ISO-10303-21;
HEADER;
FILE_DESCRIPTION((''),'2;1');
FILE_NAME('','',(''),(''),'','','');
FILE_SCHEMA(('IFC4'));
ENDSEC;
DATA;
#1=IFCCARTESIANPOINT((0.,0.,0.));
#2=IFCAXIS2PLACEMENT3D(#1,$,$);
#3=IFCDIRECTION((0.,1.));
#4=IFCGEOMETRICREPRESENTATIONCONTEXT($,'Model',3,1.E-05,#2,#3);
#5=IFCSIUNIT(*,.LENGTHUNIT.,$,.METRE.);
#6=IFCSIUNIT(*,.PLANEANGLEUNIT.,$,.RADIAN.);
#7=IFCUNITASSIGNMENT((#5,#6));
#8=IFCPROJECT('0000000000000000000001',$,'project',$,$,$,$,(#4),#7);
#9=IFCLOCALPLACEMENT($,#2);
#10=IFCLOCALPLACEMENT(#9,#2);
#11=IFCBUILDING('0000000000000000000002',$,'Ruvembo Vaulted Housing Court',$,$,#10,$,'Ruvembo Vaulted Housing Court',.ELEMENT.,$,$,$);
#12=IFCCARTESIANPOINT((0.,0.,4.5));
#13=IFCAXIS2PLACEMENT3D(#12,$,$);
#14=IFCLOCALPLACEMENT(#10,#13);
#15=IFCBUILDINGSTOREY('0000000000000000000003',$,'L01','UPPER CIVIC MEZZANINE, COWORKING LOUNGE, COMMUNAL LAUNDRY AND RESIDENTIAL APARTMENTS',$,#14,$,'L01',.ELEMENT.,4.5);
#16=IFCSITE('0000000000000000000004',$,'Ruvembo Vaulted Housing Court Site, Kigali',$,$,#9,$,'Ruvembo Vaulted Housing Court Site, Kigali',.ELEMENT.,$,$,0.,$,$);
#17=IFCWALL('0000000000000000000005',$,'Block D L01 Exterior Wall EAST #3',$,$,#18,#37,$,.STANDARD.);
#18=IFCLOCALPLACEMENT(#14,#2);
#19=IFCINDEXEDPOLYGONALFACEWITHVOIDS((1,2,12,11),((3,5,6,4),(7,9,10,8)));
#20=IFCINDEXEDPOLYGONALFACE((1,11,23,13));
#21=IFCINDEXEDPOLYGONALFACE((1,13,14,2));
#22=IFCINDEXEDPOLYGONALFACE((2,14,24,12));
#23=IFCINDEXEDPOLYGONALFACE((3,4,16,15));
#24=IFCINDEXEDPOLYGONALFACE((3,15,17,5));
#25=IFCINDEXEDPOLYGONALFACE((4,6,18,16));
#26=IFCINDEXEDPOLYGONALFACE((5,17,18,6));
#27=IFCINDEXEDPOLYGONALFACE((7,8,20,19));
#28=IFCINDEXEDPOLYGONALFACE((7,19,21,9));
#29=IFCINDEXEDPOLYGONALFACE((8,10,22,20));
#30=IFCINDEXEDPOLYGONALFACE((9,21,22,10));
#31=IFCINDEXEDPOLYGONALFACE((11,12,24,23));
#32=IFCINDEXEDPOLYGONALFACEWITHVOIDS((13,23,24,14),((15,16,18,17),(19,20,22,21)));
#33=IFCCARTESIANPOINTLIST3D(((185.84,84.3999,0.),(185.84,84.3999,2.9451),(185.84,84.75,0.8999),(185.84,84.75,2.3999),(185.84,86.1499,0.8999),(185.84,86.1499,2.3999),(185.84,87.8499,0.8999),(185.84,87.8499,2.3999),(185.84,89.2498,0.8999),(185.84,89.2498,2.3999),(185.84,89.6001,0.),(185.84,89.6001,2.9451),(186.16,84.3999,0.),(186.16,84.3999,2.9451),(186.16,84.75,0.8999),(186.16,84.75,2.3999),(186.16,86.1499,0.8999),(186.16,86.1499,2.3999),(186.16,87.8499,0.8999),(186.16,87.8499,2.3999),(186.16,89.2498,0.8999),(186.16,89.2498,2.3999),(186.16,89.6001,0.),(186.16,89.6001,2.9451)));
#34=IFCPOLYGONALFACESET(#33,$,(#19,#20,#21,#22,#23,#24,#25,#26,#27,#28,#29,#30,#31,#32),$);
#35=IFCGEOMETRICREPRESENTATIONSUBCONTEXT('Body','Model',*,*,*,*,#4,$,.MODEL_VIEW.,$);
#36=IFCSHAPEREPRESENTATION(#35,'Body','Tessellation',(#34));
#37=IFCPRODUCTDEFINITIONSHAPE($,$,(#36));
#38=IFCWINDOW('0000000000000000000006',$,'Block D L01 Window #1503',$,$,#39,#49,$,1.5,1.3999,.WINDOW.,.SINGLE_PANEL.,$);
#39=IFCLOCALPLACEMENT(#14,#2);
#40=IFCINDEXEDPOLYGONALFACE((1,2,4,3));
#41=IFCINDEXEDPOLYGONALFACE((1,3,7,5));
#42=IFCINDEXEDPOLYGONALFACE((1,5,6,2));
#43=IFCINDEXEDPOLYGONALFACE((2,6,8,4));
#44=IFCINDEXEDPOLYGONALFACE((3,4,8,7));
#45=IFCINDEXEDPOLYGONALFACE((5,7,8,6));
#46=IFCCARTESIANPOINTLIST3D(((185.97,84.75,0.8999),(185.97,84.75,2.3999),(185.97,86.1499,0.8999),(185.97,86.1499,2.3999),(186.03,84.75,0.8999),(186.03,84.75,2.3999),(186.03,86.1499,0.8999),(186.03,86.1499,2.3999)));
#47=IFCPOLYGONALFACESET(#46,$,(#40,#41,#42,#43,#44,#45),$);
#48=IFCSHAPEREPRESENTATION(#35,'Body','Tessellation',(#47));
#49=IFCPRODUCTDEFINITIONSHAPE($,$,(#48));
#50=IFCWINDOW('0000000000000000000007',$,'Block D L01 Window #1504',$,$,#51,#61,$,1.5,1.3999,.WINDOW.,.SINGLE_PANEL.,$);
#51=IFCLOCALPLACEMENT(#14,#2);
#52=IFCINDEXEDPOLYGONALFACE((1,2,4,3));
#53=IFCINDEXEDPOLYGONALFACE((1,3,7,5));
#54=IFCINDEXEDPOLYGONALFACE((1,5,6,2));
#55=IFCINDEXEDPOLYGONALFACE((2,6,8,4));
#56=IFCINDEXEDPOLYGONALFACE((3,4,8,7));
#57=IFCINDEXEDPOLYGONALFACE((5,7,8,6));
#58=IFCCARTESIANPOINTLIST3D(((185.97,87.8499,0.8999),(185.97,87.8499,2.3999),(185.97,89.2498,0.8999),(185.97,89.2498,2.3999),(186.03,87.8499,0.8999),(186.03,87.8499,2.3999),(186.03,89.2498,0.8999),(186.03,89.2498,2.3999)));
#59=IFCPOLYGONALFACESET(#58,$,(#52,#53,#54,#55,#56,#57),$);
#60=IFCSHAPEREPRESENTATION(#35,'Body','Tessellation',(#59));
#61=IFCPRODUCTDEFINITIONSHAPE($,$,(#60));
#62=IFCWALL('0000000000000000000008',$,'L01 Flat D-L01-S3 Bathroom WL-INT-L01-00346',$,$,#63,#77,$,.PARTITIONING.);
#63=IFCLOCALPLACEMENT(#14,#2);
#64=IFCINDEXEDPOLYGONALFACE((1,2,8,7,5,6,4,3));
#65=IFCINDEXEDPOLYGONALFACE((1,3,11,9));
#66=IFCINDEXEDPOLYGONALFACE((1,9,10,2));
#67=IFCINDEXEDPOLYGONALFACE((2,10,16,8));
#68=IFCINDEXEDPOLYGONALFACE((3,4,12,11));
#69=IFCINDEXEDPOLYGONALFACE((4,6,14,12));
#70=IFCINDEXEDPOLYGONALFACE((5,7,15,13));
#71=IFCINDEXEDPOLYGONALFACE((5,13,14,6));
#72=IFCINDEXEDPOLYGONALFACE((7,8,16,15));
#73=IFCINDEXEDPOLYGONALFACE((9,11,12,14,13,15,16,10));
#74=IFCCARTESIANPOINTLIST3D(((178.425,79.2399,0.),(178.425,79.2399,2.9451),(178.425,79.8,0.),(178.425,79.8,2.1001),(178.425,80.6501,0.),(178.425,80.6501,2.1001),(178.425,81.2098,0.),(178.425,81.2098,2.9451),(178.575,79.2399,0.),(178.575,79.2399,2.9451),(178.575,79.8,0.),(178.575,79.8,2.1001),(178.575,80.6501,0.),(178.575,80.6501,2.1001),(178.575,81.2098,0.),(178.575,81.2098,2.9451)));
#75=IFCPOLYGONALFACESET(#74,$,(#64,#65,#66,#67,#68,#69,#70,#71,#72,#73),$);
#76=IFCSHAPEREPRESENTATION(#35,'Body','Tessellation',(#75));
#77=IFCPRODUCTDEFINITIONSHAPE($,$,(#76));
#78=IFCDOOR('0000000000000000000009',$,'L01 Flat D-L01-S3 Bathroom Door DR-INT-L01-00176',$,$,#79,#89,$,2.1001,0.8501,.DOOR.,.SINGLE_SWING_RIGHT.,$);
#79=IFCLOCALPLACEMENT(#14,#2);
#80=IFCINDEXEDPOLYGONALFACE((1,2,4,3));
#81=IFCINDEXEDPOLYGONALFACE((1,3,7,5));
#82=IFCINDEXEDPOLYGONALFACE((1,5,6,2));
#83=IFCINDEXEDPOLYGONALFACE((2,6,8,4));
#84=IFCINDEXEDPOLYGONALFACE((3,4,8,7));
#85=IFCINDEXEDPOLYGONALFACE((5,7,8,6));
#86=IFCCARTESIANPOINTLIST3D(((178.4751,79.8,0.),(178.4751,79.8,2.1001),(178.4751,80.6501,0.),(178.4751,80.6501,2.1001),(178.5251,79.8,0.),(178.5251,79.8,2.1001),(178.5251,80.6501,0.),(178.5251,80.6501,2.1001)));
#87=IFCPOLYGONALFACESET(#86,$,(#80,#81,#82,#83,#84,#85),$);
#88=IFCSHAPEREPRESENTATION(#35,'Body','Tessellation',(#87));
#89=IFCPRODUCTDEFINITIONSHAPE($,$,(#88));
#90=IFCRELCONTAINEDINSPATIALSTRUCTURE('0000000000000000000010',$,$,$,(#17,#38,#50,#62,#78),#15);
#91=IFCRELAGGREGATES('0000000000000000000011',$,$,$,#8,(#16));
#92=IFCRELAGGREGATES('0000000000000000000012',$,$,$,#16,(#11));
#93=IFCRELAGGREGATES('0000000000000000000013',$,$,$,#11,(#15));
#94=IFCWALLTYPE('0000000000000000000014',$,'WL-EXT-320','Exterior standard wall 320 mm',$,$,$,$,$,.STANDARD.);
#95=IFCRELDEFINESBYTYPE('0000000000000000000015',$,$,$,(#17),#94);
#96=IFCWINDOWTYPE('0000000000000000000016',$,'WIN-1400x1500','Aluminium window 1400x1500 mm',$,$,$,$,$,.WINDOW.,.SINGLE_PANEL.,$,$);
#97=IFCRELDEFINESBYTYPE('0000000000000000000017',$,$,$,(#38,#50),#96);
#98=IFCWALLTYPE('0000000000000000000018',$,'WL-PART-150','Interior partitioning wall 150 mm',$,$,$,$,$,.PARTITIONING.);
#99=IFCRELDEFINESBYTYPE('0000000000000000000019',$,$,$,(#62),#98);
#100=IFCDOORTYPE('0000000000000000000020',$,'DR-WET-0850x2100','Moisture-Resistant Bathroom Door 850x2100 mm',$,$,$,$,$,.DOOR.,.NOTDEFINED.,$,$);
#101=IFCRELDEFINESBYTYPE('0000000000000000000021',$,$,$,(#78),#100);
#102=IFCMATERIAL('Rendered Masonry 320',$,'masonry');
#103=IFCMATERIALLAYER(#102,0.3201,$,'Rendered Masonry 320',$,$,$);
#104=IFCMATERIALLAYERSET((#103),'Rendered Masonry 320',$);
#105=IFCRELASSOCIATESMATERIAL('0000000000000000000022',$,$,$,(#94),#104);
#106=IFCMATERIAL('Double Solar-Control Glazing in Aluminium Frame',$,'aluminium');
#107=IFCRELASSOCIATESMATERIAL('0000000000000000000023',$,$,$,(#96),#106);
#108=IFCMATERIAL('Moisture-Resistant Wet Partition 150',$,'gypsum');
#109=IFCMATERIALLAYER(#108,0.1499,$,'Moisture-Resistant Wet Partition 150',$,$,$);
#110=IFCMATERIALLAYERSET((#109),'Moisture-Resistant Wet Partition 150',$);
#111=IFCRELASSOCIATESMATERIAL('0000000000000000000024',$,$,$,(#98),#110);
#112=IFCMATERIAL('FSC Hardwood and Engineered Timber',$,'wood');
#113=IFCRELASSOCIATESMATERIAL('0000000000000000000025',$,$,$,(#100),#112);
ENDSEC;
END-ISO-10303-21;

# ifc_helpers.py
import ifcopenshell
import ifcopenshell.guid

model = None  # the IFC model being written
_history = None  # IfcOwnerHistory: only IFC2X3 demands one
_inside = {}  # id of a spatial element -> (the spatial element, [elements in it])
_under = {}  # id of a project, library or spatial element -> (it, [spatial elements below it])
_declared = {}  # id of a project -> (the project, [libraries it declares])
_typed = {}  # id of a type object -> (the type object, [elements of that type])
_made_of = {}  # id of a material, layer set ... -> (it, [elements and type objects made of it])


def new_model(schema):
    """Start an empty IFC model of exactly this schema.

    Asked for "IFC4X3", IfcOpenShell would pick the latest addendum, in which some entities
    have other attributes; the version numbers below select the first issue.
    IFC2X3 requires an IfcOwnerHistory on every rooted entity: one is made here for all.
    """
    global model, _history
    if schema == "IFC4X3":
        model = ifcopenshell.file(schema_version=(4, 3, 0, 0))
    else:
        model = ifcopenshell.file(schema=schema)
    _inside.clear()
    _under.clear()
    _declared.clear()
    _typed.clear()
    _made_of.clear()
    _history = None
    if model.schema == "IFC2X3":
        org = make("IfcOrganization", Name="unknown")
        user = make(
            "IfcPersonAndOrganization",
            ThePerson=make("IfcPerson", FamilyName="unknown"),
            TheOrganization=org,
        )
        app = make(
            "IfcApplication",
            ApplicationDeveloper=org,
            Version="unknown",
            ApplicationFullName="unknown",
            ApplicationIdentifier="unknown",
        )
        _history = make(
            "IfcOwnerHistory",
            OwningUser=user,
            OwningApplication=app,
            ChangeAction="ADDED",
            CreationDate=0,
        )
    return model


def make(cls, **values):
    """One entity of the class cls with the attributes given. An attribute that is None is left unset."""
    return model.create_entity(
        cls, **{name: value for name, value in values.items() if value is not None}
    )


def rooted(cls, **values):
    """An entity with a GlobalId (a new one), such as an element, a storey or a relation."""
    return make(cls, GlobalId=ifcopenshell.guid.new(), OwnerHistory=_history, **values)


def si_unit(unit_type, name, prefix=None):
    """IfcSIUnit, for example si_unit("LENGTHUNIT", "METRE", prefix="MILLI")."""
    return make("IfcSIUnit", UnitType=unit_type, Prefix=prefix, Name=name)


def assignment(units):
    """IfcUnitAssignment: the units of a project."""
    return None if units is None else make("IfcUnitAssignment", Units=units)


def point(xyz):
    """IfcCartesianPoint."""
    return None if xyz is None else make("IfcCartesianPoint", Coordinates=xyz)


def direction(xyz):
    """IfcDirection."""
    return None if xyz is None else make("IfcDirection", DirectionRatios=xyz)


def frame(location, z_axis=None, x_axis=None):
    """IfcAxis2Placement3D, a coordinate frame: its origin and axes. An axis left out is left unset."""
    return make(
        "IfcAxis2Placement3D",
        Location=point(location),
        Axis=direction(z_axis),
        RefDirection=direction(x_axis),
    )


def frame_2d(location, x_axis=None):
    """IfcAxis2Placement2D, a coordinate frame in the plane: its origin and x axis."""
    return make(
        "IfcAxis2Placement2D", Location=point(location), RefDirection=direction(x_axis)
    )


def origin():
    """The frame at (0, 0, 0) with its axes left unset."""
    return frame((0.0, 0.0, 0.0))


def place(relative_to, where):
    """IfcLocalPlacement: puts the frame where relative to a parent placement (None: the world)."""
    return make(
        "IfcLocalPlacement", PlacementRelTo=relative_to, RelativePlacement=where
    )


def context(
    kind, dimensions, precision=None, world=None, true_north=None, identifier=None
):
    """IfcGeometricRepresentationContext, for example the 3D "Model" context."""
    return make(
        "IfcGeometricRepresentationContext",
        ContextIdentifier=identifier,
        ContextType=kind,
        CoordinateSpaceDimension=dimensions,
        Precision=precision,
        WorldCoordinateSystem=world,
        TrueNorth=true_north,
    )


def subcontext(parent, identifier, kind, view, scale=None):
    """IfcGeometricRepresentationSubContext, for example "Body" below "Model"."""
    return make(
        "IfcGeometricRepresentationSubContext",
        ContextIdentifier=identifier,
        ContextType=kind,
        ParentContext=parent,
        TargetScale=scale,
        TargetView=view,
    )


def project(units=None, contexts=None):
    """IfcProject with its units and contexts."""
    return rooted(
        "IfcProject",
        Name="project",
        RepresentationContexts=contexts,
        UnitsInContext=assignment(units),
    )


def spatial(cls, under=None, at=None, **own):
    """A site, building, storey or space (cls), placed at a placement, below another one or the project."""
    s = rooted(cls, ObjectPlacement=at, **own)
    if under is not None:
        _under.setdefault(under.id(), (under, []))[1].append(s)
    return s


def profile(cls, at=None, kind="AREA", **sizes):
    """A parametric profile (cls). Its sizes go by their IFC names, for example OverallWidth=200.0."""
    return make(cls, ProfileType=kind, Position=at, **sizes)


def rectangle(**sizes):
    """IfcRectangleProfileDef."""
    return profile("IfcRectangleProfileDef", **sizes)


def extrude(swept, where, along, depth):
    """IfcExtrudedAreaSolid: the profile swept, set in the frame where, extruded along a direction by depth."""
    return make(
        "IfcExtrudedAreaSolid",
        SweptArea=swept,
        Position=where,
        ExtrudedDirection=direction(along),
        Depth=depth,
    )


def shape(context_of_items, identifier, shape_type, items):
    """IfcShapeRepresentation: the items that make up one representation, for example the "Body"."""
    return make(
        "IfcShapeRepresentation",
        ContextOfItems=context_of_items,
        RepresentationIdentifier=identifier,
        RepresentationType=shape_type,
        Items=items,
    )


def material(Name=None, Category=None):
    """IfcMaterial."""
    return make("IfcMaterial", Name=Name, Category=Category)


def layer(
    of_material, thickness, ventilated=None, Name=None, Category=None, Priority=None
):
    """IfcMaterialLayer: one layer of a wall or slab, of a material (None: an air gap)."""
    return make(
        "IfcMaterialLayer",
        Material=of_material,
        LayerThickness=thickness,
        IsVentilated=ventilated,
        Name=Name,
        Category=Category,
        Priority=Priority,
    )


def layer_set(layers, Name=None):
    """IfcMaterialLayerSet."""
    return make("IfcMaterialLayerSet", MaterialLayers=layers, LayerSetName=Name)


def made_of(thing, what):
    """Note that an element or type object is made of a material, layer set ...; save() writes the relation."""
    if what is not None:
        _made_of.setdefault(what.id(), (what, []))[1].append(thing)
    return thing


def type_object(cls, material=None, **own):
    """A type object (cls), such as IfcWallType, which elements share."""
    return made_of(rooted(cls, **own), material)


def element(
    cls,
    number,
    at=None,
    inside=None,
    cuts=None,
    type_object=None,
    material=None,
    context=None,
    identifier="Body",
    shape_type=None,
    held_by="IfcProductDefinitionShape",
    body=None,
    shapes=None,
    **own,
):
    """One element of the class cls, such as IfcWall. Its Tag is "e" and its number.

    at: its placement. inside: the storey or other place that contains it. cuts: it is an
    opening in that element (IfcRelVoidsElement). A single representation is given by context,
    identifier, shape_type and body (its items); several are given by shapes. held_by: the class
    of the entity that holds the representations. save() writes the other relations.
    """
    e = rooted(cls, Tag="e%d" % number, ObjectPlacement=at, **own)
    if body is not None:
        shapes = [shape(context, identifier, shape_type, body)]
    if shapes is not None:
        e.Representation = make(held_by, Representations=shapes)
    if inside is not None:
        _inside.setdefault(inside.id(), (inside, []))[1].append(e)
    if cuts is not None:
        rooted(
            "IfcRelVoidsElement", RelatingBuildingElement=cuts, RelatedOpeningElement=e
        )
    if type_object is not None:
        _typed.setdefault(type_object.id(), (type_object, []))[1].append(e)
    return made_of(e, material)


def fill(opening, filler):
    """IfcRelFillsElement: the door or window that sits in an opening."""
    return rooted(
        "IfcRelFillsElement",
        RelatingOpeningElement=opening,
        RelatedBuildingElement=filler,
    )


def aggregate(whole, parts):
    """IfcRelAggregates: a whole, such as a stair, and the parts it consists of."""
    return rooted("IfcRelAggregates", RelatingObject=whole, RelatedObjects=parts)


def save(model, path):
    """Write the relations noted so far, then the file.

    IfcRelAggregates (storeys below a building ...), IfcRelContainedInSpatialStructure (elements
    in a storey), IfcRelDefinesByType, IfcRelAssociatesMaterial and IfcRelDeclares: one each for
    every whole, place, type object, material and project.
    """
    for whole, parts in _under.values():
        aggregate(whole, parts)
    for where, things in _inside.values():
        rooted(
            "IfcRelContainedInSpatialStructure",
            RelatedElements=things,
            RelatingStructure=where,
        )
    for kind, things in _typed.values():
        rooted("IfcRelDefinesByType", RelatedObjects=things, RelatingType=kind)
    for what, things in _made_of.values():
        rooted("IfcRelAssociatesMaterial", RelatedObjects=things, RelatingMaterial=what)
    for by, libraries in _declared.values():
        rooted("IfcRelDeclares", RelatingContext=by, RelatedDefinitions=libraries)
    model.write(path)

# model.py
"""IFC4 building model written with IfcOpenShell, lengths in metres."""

from ifc_helpers import new_model, si_unit, direction, frame, frame_2d, origin, place, context, subcontext, project, spatial, rectangle, extrude, material, layer, layer_set, type_object, element, fill, save


model = new_model("IFC4")

# Units and contexts
model_context = context("Model", 3, precision=1e-05, world=origin(), true_north=direction((0.0, 1.0)))
body_context = subcontext(model_context, "Body", "Model", "MODEL_VIEW")
ifc_project = project(units=[si_unit("LENGTHUNIT", "METRE"), si_unit("PLANEANGLEUNIT", "RADIAN")], contexts=[model_context])

# Site, building, storey
site_placement = place(None, origin())
site = spatial("IfcSite", under=ifc_project, at=site_placement, Name="Ruvembo Vaulted Housing Court Site, Kigali", LongName="Ruvembo Vaulted Housing Court Site, Kigali", CompositionType="ELEMENT", RefElevation=0.0)
building_placement = place(site_placement, origin())
building = spatial("IfcBuilding", under=site, at=building_placement, Name="Ruvembo Vaulted Housing Court", LongName="Ruvembo Vaulted Housing Court", CompositionType="ELEMENT")
storey_placement = place(building_placement, frame((0.0, 0.0, 4.5)))
storey = spatial("IfcBuildingStorey", under=building, at=storey_placement, Name="L01", Description="UPPER CIVIC MEZZANINE, COWORKING LOUNGE, COMMUNAL LAUNDRY AND RESIDENTIAL APARTMENTS", LongName="L01", CompositionType="ELEMENT", Elevation=4.5)

# Shared definitions
ifc_material_1 = material(Name="FSC Hardwood and Engineered Timber", Category="wood")

# Wall, openings, windows
ifc_material_2 = material(Name="Rendered Masonry 320", Category="masonry")
ifc_layer_1 = layer(ifc_material_2, 0.3201, Name="Rendered Masonry 320")
ifc_layer_set_1 = layer_set([ifc_layer_1], Name="Rendered Masonry 320")
wall_type_1 = type_object("IfcWallType", Name="WL-EXT-320", Description="Exterior standard wall 320 mm", PredefinedType="STANDARD", material=ifc_layer_set_1)
ifc_material_3 = material(Name="Double Solar-Control Glazing in Aluminium Frame", Category="aluminium")
window_type_1 = type_object("IfcWindowType", Name="WIN-1400x1500", Description="Aluminium window 1400x1500 mm", PartitioningType="SINGLE_PANEL", PredefinedType="WINDOW", material=ifc_material_3)
wall_1_placement = place(storey_placement, frame((186.0, 84.3999, 0.0), z_axis=(0.0, 0.0, 1.0), x_axis=(0.0, 1.0, 0.0)))
wall_1 = element("IfcWall", 1, at=wall_1_placement, inside=storey, type_object=wall_type_1, Name="Block D L01 Exterior Wall EAST #3", PredefinedType="STANDARD", context=body_context, shape_type="SweptSolid", body=[
    extrude(rectangle(XDim=5.2002, YDim=0.3201, at=frame_2d((2.6001, 0.0))), origin(), (0.0, 0.0, 1.0), 2.9451),
])
opening_1_placement = place(wall_1_placement, frame((0.3501, 0.0, 0.8999)))
opening_1 = element("IfcOpeningElement", 2, at=opening_1_placement, cuts=wall_1, PredefinedType="OPENING", context=body_context, shape_type="SweptSolid", body=[
    extrude(rectangle(XDim=1.3999, YDim=1.5, at=frame_2d((0.7, 0.75))), frame((0.0, 0.1699, 0.0), z_axis=(0.0, -1.0, 0.0), x_axis=(1.0, 0.0, 0.0)), (0.0, 0.0, 1.0), 0.3401),
])
opening_2_placement = place(wall_1_placement, frame((3.45, 0.0, 0.8999)))
opening_2 = element("IfcOpeningElement", 3, at=opening_2_placement, cuts=wall_1, PredefinedType="OPENING", context=body_context, shape_type="SweptSolid", body=[
    extrude(rectangle(XDim=1.3999, YDim=1.5, at=frame_2d((0.7, 0.75))), frame((0.0, 0.1699, 0.0), z_axis=(0.0, -1.0, 0.0), x_axis=(1.0, 0.0, 0.0)), (0.0, 0.0, 1.0), 0.3401),
])
window_1_placement = place(opening_1_placement, origin())
window_1 = element("IfcWindow", 4, at=window_1_placement, inside=storey, type_object=window_type_1, Name="Block D L01 Window #1503", OverallHeight=1.5, OverallWidth=1.3999, PartitioningType="SINGLE_PANEL", PredefinedType="WINDOW", context=body_context, shape_type="SweptSolid", body=[
    extrude(rectangle(XDim=1.3999, YDim=1.5, at=frame_2d((0.7, 0.75))), frame((0.0, 0.03, 0.0), z_axis=(0.0, -1.0, 0.0), x_axis=(1.0, 0.0, 0.0)), (0.0, 0.0, 1.0), 0.0601),
])
fill(opening_1, window_1)
window_2_placement = place(opening_2_placement, origin())
window_2 = element("IfcWindow", 5, at=window_2_placement, inside=storey, type_object=window_type_1, Name="Block D L01 Window #1504", OverallHeight=1.5, OverallWidth=1.3999, PartitioningType="SINGLE_PANEL", PredefinedType="WINDOW", context=body_context, shape_type="SweptSolid", body=[
    extrude(rectangle(XDim=1.3999, YDim=1.5, at=frame_2d((0.7, 0.75))), frame((0.0, 0.03, 0.0), z_axis=(0.0, -1.0, 0.0), x_axis=(1.0, 0.0, 0.0)), (0.0, 0.0, 1.0), 0.0601),
])
fill(opening_2, window_2)

# Wall, opening, door
ifc_material_4 = material(Name="Moisture-Resistant Wet Partition 150", Category="gypsum")
ifc_layer_2 = layer(ifc_material_4, 0.1499, Name="Moisture-Resistant Wet Partition 150")
ifc_layer_set_2 = layer_set([ifc_layer_2], Name="Moisture-Resistant Wet Partition 150")
wall_type_2 = type_object("IfcWallType", Name="WL-PART-150", Description="Interior partitioning wall 150 mm", PredefinedType="PARTITIONING", material=ifc_layer_set_2)
wall_2_placement = place(storey_placement, frame((178.5, 79.24, 0.0), z_axis=(0.0, 0.0, 1.0), x_axis=(0.0, 1.0, 0.0)))
wall_2 = element("IfcWall", 6, at=wall_2_placement, inside=storey, type_object=wall_type_2, Name="L01 Flat D-L01-S3 Bathroom WL-INT-L01-00346", PredefinedType="PARTITIONING", context=body_context, shape_type="SweptSolid", body=[
    extrude(rectangle(XDim=1.97, YDim=0.1499, at=frame_2d((0.9849, 0.0))), origin(), (0.0, 0.0, 1.0), 2.9451),
])
opening_3_placement = place(wall_2_placement, frame((0.5601, 0.0, 0.0)))
opening_3 = element("IfcOpeningElement", 7, at=opening_3_placement, cuts=wall_2, PredefinedType="OPENING", context=body_context, shape_type="SweptSolid", body=[
    extrude(rectangle(XDim=0.8501, YDim=2.1001, at=frame_2d((0.425, 1.05))), frame((0.0, 0.085, 0.0), z_axis=(0.0, -1.0, 0.0), x_axis=(1.0, 0.0, 0.0)), (0.0, 0.0, 1.0), 0.1699),
])
door_type_1 = type_object("IfcDoorType", Name="DR-WET-0850x2100", Description="Moisture-Resistant Bathroom Door 850x2100 mm", OperationType="NOTDEFINED", PredefinedType="DOOR", material=ifc_material_1)
door_1_placement = place(opening_3_placement, origin())
door_1 = element("IfcDoor", 8, at=door_1_placement, inside=storey, type_object=door_type_1, Name="L01 Flat D-L01-S3 Bathroom Door DR-INT-L01-00176", OperationType="SINGLE_SWING_RIGHT", OverallHeight=2.1001, OverallWidth=0.8501, PredefinedType="DOOR", context=body_context, shape_type="SweptSolid", body=[
    extrude(rectangle(XDim=0.8501, YDim=2.1001, at=frame_2d((0.425, 1.05))), frame((0.0, 0.0249, 0.0), z_axis=(0.0, -1.0, 0.0), x_axis=(1.0, 0.0, 0.0)), (0.0, 0.0, 1.0), 0.05),
])
fill(opening_3, door_1)

save(model, "model.ifc")
